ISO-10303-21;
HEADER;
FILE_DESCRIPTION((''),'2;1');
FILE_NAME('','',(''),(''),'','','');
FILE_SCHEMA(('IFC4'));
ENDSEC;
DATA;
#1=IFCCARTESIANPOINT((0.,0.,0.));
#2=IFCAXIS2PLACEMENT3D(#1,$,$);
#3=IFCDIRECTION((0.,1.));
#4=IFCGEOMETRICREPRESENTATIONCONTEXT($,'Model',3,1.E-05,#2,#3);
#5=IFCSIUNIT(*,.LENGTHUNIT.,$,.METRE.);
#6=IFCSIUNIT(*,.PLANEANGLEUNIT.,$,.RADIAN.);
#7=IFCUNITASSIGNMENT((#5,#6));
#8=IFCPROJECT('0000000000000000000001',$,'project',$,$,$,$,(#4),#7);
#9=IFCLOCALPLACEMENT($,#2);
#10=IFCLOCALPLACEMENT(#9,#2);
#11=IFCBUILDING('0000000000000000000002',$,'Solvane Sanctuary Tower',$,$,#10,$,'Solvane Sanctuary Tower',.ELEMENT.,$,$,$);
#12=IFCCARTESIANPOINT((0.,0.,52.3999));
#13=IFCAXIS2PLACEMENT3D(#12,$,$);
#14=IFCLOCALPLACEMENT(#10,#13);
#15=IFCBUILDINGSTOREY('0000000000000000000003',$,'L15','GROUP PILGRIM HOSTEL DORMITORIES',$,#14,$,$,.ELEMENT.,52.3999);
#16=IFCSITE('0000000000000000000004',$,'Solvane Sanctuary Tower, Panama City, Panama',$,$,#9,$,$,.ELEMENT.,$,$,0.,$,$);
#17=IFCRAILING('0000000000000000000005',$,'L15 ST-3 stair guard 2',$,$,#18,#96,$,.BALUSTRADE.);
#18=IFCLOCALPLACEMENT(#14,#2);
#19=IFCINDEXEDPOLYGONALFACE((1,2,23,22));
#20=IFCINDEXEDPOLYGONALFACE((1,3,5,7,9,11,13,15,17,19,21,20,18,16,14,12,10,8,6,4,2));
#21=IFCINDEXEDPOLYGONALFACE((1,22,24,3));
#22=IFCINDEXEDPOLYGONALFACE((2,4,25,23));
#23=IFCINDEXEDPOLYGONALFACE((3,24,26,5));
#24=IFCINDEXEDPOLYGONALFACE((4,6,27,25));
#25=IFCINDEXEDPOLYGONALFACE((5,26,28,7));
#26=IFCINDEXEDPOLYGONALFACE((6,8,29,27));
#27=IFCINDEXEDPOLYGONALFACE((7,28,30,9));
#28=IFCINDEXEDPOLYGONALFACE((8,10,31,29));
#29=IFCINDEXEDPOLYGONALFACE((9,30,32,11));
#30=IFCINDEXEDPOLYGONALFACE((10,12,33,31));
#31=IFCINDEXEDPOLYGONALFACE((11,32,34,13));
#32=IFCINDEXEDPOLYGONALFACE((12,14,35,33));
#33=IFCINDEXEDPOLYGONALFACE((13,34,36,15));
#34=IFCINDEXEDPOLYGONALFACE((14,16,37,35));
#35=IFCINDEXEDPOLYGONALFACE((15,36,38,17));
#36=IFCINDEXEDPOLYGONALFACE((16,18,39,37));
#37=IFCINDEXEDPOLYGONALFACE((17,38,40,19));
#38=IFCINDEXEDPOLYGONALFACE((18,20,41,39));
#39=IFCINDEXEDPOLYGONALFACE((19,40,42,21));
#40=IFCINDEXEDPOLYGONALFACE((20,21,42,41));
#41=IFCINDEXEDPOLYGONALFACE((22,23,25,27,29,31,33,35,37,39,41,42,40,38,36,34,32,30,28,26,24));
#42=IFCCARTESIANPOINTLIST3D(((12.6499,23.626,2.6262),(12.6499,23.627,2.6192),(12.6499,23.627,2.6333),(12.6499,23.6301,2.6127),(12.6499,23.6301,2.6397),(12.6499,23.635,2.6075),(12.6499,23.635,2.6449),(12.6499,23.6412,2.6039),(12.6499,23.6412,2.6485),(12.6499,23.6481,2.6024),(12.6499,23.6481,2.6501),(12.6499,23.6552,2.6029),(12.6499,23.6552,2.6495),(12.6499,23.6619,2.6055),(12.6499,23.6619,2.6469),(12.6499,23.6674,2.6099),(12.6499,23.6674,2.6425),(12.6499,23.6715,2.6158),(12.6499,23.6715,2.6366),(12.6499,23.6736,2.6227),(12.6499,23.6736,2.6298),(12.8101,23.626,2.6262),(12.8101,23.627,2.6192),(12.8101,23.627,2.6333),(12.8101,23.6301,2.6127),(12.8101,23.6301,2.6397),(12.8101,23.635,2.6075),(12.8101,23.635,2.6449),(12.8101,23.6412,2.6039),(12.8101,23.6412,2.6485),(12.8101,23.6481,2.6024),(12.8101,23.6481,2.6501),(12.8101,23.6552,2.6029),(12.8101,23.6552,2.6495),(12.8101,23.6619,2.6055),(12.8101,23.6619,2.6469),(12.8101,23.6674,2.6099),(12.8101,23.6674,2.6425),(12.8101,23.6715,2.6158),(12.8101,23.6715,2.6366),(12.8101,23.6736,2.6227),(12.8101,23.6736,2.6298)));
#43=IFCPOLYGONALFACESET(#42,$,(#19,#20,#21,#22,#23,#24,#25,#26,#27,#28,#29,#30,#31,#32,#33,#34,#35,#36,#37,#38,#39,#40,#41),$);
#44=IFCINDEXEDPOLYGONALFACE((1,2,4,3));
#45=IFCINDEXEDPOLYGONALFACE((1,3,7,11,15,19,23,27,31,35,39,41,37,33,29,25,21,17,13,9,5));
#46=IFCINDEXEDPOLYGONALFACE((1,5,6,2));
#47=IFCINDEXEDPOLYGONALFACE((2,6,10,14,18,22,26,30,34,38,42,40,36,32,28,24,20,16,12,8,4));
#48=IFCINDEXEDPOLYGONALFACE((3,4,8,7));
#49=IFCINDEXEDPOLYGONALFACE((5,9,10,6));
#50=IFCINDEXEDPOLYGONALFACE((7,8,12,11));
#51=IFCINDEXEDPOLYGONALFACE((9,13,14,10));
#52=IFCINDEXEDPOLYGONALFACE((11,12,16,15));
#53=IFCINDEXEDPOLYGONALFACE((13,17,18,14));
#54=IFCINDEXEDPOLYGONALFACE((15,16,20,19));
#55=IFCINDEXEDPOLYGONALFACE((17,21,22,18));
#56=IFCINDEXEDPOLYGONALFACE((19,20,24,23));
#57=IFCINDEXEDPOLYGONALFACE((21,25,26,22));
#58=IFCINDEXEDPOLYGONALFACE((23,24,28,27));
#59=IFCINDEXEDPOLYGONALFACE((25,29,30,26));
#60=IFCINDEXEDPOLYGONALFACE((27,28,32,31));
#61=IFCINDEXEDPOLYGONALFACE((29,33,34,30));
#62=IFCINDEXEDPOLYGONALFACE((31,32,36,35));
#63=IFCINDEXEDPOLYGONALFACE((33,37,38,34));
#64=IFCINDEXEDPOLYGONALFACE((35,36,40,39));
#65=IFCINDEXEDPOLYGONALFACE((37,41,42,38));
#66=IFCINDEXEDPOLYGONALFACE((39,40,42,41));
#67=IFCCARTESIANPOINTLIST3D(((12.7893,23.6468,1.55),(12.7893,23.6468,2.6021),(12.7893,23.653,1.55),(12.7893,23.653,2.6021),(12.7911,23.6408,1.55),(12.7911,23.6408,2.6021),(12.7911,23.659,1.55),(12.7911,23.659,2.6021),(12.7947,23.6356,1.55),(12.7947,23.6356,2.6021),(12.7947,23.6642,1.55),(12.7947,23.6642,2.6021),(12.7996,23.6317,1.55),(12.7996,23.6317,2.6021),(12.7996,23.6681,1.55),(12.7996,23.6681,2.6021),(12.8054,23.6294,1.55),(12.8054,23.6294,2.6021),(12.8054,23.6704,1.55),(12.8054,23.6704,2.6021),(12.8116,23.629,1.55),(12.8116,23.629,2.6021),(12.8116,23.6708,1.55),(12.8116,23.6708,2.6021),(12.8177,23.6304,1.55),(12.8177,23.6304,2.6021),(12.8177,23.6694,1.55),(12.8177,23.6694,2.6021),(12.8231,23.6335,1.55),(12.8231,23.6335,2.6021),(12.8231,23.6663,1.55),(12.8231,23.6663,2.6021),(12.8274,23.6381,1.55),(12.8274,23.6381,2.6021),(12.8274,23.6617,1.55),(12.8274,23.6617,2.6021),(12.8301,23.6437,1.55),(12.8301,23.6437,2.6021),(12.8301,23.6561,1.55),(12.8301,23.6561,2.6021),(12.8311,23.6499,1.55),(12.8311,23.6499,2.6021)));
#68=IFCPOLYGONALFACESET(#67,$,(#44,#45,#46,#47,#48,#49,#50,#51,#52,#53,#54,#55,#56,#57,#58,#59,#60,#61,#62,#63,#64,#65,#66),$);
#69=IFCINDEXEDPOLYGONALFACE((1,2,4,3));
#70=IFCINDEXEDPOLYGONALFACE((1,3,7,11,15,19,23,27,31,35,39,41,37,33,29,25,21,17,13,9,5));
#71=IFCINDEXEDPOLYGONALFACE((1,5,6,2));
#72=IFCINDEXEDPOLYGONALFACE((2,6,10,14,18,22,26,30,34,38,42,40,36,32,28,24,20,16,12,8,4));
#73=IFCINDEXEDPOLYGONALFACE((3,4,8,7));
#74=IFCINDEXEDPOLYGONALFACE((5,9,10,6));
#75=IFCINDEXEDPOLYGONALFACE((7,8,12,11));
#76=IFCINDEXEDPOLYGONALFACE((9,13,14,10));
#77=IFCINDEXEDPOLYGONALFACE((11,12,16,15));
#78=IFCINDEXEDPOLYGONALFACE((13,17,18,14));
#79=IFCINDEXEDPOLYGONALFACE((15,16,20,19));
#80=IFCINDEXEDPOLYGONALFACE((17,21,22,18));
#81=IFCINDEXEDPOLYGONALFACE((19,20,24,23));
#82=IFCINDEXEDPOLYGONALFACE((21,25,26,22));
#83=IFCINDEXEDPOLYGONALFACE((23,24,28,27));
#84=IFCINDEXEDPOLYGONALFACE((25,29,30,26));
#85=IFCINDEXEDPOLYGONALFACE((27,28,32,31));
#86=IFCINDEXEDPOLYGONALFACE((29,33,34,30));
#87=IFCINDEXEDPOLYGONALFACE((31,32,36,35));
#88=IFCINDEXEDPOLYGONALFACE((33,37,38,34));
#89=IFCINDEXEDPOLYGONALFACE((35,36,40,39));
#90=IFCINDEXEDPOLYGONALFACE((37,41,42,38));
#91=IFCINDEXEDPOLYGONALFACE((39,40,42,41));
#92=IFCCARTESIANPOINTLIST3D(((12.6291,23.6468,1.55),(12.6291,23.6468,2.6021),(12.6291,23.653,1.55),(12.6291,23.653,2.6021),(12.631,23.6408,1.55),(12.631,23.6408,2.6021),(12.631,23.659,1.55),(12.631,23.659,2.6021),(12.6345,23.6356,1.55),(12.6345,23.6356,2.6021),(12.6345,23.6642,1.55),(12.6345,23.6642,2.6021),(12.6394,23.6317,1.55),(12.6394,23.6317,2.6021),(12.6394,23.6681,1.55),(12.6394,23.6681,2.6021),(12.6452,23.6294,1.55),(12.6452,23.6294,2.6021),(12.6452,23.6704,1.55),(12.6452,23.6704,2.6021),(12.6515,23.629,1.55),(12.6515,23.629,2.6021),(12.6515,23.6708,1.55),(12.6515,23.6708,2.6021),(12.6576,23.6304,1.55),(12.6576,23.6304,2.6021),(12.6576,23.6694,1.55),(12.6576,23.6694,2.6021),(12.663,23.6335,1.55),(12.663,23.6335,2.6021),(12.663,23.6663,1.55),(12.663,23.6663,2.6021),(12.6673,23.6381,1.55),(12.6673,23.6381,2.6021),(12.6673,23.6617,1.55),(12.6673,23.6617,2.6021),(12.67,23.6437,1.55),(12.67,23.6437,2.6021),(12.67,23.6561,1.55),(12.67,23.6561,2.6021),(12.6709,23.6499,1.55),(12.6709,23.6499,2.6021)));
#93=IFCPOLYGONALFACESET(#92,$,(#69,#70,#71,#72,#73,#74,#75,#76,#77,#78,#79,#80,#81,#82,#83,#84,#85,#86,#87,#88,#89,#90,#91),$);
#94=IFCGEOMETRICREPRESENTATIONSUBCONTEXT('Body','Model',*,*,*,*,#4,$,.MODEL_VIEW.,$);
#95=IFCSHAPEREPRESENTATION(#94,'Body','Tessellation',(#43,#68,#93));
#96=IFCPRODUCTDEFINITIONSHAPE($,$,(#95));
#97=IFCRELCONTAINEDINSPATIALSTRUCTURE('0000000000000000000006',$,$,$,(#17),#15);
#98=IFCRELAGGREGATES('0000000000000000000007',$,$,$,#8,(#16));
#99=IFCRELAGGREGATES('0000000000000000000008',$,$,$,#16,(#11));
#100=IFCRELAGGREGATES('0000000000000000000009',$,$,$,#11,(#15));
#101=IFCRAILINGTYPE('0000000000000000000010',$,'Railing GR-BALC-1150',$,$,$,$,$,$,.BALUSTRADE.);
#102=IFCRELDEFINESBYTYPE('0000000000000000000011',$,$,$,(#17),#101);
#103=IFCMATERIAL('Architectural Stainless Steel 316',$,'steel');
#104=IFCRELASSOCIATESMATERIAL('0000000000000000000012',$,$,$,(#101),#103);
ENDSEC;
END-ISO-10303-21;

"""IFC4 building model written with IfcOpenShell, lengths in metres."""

from ifc_helpers import new_model, si_unit, direction, frame, origin, origin_2d, place, context, subcontext, project, spatial, circle, extrude, material, type_object, element, save


model = new_model("IFC4")

# Units and contexts
model_context = context("Model", 3, precision=1e-05, world=origin(), true_north=direction((0.0, 1.0)))
body_context = subcontext(model_context, "Body", "Model", "MODEL_VIEW")
ifc_project = project(units=[si_unit("LENGTHUNIT", "METRE"), si_unit("PLANEANGLEUNIT", "RADIAN")], contexts=[model_context])

# Site, building, storey
site_placement = place(None, origin())
site = spatial("IfcSite", under=ifc_project, at=site_placement, Name="Solvane Sanctuary Tower, Panama City, Panama", CompositionType="ELEMENT", RefElevation=0.0)
building_placement = place(site_placement, origin())
building = spatial("IfcBuilding", under=site, at=building_placement, Name="Solvane Sanctuary Tower", LongName="Solvane Sanctuary Tower", CompositionType="ELEMENT")
storey_placement = place(building_placement, frame((0.0, 0.0, 52.3999)))
storey = spatial("IfcBuildingStorey", under=building, at=storey_placement, Name="L15", Description="GROUP PILGRIM HOSTEL DORMITORIES", CompositionType="ELEMENT", Elevation=52.3999)

# Shared definitions
ifc_material_1 = material(Name="Architectural Stainless Steel 316", Category="steel")

# Railing
railing_type_1 = type_object("IfcRailingType", Name="Railing GR-BALC-1150", PredefinedType="BALUSTRADE", material=ifc_material_1)
railing_1_placement = place(storey_placement, frame((12.8101, 23.6499, 1.55)))
element("IfcRailing", 1, at=railing_1_placement, inside=storey, type_object=railing_type_1, Name="L15 ST-3 stair guard 2", PredefinedType="BALUSTRADE", context=body_context, shape_type="SweptSolid", body=[
    extrude(circle(Radius=0.0239, at=origin_2d()), frame((0.0, 0.0, 1.0762), z_axis=(-1.0, 0.0, 0.0), x_axis=(0.0, -1.0, 0.0)), (0.0, 0.0, 1.0), 0.1602),
    extrude(circle(Radius=0.021, at=origin_2d()), origin(), (0.0, 0.0, 1.0), 1.052),
    extrude(circle(Radius=0.021, at=origin_2d()), frame((-0.1602, 0.0, 0.0)), (0.0, 0.0, 1.0), 1.052),
])

save(model, "model.ifc")
